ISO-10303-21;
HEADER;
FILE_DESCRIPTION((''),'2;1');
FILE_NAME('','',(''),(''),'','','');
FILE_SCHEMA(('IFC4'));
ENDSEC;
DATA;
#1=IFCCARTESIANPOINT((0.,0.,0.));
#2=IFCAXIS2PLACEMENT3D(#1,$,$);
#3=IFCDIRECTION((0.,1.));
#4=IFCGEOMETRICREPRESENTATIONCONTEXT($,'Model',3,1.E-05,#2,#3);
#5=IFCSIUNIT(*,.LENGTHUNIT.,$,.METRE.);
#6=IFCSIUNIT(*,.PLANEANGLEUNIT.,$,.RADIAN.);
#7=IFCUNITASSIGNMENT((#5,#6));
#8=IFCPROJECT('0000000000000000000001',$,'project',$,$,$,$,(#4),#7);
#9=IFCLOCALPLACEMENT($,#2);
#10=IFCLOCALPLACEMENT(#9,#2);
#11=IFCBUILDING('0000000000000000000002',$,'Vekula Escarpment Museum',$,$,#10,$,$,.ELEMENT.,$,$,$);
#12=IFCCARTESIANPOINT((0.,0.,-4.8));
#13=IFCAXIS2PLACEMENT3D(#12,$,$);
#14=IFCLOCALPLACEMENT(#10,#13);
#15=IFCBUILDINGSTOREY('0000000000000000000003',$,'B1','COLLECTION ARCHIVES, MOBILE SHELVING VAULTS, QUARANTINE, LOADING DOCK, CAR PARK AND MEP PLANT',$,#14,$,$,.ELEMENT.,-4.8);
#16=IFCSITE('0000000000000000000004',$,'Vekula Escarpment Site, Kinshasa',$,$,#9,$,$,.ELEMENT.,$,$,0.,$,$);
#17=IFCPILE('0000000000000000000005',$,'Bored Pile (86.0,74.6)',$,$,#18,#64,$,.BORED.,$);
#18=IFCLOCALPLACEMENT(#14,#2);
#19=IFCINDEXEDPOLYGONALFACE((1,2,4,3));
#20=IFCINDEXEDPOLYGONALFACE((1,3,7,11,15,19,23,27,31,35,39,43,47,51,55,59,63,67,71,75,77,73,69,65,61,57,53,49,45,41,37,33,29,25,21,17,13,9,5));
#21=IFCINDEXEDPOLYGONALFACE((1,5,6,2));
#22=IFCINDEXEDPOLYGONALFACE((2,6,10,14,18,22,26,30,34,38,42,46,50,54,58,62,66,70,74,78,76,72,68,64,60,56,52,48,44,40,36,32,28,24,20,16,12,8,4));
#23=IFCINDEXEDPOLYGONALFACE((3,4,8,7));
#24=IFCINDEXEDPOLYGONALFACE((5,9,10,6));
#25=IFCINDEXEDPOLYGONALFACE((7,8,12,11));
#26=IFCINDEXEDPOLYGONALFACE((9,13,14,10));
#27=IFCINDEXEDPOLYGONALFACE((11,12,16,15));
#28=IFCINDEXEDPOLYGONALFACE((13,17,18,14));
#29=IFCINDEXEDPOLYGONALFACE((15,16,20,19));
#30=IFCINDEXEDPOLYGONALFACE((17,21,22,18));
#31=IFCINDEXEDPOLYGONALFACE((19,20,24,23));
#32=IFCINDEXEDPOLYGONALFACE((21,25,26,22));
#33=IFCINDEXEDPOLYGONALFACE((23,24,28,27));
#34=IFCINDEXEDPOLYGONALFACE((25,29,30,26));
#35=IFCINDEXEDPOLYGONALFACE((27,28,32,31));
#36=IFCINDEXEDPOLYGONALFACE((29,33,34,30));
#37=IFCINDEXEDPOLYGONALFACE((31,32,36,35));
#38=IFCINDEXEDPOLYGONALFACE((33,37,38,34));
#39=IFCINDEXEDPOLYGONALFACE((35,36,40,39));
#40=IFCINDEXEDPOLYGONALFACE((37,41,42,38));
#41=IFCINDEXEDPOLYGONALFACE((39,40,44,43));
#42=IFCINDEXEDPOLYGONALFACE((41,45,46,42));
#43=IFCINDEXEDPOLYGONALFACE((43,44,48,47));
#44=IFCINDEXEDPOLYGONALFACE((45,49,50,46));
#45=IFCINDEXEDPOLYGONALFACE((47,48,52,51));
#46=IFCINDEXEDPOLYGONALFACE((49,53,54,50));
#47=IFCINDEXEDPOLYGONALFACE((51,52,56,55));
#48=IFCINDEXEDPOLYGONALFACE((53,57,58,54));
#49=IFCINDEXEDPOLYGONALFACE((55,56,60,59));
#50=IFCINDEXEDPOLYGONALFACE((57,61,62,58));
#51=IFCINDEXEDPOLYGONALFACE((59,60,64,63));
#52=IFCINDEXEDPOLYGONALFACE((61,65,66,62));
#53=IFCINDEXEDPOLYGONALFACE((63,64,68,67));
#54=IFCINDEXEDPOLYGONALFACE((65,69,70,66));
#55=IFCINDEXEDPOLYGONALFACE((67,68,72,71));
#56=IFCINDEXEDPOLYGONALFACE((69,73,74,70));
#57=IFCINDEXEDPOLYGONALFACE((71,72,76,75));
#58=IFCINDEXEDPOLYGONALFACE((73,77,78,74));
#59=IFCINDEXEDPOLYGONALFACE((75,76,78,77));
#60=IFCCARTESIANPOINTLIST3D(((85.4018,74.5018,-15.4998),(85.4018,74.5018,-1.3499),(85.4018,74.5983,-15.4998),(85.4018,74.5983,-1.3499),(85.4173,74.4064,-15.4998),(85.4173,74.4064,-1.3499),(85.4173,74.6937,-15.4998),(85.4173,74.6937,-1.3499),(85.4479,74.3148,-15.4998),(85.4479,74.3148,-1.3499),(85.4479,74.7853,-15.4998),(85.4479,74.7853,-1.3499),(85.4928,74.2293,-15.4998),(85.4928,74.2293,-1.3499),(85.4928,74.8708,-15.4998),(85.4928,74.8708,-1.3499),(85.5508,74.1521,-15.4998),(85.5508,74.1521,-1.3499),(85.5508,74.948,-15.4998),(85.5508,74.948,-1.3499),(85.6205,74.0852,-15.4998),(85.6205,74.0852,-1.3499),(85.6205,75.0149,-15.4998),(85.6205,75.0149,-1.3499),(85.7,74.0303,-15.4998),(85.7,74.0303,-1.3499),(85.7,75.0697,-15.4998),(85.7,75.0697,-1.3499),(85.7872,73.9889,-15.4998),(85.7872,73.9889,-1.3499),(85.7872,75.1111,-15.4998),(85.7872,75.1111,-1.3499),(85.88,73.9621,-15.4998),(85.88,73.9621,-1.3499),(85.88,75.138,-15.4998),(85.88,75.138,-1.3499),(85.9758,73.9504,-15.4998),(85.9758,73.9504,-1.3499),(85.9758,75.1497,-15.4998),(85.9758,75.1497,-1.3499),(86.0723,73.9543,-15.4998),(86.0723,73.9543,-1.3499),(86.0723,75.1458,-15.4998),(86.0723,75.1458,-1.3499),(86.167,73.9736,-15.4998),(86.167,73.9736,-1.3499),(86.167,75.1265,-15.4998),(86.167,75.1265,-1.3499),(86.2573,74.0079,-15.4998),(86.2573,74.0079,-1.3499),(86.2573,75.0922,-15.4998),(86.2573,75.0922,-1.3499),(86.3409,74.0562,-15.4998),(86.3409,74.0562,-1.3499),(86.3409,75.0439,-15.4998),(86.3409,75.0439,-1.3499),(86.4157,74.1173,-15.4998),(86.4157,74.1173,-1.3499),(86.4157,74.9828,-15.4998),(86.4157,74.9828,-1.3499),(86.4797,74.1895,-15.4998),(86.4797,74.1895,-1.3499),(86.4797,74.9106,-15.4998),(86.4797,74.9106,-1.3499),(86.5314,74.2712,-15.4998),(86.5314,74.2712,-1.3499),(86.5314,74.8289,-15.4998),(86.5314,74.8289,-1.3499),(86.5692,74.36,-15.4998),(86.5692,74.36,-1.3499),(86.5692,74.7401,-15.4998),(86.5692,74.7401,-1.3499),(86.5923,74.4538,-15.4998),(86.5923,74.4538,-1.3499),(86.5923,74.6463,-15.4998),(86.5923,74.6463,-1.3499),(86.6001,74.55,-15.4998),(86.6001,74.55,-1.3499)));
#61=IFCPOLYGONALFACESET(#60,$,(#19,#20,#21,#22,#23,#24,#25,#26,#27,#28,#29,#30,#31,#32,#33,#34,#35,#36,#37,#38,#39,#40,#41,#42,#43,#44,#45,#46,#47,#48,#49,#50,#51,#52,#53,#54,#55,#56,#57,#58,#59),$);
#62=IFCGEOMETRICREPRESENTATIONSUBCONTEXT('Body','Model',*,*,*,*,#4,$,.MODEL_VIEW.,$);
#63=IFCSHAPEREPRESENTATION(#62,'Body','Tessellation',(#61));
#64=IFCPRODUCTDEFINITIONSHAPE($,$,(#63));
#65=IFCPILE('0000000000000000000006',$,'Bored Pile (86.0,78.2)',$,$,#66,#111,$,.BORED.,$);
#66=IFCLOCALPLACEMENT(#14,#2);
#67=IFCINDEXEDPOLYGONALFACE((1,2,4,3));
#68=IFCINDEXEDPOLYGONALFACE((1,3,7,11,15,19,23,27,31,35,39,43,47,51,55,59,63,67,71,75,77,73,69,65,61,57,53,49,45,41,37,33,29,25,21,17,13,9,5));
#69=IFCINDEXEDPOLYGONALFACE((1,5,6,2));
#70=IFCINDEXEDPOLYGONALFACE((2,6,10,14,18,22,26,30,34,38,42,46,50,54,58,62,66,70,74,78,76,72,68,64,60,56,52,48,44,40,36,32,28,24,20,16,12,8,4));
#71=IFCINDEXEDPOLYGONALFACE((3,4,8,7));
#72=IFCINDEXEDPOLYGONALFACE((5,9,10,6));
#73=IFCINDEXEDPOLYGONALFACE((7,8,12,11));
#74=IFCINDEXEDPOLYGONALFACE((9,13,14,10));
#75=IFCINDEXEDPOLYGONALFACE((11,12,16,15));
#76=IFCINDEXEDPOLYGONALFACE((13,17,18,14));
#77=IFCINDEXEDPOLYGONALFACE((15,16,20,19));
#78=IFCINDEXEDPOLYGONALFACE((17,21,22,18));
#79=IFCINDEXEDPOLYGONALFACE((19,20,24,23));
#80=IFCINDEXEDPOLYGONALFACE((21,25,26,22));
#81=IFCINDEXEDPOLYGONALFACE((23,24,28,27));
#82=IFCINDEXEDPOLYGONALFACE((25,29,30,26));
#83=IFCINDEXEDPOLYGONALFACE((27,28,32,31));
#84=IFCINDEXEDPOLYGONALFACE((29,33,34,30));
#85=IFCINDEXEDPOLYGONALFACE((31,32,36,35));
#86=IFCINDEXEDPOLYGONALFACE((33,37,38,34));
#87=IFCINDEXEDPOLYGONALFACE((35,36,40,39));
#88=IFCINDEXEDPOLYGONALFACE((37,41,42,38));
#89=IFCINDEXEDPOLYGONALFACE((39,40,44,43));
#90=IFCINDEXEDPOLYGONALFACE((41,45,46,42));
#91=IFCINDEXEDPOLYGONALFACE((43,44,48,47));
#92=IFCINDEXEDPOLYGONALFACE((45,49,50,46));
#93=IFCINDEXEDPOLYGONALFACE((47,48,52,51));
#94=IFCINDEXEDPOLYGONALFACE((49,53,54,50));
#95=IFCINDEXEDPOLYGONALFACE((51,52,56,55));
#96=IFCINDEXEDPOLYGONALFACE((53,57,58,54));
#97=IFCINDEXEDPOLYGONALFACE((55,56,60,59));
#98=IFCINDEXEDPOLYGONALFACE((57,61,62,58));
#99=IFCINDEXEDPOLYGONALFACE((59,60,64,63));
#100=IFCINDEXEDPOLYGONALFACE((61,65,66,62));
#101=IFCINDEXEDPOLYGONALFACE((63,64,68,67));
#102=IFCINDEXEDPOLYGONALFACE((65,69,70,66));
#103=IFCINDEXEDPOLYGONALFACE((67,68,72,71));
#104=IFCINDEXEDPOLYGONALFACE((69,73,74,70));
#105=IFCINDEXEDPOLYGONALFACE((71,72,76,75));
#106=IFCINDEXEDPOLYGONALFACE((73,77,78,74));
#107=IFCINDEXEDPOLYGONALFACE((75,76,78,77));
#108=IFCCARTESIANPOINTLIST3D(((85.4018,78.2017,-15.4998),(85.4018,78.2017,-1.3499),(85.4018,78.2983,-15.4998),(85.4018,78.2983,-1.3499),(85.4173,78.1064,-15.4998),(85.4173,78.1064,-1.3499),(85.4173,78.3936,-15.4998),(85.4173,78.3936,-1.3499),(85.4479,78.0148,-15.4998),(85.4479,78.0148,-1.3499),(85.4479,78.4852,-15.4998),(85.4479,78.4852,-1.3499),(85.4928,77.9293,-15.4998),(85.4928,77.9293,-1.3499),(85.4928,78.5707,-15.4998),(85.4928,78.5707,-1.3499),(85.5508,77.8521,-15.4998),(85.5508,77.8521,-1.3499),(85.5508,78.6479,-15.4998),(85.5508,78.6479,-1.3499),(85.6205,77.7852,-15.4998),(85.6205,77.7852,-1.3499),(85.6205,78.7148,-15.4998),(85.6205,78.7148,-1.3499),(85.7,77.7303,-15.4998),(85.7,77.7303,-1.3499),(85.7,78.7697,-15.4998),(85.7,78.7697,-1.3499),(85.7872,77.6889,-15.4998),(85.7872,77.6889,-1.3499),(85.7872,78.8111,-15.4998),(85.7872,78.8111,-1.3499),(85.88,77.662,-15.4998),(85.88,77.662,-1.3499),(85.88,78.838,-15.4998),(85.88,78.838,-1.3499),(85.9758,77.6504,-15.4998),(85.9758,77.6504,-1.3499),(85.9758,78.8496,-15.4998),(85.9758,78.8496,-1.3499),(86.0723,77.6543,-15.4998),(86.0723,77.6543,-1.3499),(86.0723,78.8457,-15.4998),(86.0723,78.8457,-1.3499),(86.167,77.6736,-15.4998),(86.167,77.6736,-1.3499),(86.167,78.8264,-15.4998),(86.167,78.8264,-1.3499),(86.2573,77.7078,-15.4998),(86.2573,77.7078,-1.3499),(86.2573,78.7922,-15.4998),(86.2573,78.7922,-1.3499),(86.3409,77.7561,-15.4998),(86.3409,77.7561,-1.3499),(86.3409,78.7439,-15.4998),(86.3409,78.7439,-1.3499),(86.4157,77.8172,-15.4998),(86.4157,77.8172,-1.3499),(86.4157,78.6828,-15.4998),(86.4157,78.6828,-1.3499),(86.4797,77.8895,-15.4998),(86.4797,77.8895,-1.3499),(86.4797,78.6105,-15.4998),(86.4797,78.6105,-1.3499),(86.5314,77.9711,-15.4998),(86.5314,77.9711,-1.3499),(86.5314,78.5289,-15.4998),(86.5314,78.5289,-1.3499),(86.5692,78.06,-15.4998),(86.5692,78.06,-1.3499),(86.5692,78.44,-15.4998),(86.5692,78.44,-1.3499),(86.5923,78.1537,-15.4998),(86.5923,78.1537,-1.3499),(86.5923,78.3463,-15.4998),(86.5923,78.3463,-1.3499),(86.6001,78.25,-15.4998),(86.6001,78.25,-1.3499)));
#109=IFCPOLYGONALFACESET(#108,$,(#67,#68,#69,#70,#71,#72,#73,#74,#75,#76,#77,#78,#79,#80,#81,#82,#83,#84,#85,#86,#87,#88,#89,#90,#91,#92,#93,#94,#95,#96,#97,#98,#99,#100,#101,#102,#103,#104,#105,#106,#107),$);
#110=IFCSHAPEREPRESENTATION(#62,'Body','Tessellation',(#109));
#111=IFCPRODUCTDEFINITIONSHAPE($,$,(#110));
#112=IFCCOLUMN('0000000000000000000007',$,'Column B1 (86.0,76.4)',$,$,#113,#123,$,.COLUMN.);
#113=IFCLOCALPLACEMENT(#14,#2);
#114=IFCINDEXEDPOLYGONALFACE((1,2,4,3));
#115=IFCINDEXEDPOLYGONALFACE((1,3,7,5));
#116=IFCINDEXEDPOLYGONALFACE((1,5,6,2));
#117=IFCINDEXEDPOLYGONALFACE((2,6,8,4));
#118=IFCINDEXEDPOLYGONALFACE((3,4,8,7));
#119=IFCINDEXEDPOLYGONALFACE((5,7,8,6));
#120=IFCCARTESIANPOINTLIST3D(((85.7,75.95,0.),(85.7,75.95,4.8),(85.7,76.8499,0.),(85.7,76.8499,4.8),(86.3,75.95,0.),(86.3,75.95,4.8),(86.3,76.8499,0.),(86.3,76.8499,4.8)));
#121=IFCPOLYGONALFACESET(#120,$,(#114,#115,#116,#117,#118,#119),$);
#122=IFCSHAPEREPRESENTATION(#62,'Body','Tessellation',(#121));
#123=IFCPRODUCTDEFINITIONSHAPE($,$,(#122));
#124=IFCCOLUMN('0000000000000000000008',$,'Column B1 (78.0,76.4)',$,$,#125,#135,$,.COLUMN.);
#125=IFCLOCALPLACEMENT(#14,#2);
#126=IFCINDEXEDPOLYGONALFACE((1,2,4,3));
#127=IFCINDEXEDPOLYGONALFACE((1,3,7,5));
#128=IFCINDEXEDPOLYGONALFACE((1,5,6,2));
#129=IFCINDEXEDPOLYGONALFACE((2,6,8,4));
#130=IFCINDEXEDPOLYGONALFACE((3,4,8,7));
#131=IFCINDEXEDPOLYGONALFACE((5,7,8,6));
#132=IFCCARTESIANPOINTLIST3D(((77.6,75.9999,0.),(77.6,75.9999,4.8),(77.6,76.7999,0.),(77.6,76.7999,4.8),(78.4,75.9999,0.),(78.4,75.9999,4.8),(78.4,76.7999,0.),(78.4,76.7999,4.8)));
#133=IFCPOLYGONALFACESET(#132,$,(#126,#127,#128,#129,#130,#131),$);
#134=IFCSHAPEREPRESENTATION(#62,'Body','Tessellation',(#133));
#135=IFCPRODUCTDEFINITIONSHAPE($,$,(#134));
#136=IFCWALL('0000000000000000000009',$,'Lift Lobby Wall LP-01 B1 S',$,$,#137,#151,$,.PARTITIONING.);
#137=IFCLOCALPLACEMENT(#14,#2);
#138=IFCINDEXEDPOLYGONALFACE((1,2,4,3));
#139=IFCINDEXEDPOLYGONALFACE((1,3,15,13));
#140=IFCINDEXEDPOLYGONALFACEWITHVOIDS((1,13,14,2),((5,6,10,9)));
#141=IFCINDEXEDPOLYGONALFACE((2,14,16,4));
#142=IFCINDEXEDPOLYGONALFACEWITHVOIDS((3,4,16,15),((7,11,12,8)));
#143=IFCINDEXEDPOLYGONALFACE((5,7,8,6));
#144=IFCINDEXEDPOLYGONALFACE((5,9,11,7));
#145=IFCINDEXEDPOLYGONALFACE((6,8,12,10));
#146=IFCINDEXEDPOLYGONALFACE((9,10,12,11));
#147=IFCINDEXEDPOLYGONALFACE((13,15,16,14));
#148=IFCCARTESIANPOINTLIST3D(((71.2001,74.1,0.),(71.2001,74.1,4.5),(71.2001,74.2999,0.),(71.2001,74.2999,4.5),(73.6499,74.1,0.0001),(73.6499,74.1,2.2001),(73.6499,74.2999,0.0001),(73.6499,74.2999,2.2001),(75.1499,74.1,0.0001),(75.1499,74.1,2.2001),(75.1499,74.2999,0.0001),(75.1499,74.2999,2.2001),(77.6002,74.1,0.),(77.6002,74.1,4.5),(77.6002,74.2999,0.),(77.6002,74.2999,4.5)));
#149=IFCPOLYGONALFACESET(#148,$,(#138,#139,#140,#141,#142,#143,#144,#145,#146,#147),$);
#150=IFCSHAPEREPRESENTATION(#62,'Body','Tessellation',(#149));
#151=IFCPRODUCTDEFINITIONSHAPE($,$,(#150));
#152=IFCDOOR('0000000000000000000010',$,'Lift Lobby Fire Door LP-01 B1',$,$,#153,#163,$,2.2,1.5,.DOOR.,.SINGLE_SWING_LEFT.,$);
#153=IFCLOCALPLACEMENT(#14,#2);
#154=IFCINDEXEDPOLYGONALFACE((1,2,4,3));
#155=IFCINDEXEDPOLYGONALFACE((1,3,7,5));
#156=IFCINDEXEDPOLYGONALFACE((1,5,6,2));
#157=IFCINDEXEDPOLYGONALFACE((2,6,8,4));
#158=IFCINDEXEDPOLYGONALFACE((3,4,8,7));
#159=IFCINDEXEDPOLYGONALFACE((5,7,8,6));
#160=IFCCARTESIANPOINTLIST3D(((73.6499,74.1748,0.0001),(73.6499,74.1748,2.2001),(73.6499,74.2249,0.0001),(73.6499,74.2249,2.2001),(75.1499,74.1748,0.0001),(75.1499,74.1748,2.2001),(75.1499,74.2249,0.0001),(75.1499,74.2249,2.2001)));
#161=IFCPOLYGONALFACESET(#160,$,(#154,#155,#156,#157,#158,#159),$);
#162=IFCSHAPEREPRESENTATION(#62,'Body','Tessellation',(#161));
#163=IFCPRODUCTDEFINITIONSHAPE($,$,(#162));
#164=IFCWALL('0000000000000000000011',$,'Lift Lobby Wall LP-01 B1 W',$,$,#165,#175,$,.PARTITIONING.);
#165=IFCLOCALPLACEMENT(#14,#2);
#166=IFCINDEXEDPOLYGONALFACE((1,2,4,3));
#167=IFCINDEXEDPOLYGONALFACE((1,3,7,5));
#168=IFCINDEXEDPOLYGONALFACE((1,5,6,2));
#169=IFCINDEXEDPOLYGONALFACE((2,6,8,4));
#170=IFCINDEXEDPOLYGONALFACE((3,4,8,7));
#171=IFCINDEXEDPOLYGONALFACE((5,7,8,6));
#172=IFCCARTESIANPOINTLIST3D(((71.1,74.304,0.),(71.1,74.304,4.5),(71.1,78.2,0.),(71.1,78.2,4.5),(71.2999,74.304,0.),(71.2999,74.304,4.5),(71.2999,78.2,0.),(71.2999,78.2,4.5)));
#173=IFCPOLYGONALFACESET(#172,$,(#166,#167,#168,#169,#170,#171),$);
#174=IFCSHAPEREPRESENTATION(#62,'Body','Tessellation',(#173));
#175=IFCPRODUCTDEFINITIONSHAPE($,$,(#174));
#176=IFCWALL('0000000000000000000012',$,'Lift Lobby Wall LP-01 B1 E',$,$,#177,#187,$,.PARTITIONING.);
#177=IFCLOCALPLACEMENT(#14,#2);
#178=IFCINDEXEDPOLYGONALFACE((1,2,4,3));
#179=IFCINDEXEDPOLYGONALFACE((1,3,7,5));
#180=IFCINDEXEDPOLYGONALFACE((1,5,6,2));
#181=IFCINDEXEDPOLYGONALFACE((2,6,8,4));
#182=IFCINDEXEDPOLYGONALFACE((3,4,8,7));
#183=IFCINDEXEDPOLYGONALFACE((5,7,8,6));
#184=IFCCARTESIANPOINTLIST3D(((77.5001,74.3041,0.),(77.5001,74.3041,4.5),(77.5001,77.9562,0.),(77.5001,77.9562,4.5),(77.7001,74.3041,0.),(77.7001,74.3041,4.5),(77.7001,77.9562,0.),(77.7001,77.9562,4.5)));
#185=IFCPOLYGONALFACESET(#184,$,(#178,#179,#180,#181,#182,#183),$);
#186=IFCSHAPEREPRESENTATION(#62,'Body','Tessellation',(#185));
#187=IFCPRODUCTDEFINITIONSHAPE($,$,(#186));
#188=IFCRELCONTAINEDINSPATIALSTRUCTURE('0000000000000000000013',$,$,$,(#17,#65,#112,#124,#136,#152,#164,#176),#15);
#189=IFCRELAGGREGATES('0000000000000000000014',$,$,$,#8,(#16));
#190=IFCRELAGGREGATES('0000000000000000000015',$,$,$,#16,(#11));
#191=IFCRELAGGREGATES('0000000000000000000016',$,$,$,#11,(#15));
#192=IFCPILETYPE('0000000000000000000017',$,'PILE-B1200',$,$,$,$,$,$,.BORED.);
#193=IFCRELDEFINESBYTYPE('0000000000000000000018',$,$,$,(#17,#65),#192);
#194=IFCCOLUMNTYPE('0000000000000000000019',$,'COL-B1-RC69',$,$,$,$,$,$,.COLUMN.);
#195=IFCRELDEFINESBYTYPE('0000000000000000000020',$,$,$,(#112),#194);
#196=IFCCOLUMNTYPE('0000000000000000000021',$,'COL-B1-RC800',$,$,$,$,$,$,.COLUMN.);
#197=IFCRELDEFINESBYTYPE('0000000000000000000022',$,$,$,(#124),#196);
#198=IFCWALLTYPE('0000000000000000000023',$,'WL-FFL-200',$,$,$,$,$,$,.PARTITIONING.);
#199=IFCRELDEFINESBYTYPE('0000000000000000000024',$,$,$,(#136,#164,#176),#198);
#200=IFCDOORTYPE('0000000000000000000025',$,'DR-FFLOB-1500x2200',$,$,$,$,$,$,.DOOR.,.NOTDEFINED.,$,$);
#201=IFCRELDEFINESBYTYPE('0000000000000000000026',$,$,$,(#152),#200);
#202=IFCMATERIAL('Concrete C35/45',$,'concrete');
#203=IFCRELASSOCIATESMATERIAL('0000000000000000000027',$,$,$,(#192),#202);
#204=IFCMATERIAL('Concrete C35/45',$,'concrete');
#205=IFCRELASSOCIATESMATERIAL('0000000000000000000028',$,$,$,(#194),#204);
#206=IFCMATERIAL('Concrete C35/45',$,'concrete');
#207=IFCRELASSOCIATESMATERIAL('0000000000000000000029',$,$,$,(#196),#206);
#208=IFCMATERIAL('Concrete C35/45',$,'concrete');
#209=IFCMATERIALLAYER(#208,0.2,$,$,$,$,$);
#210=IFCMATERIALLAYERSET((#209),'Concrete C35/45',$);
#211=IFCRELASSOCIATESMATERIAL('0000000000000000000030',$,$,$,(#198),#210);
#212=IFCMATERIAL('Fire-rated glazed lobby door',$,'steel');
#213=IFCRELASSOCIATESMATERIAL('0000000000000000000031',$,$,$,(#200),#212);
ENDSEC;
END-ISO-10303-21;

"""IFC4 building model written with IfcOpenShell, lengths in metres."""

from ifc_helpers import new_model, si_unit, direction, frame, frame_2d, origin, origin_2d, place, context, subcontext, project, spatial, rectangle, circle, extrude, material, layer, layer_set, material_profile, profile_set, type_object, element, fill, save


model = new_model("IFC4")

# Units and contexts
model_context = context("Model", 3, precision=1e-05, world=origin(), true_north=direction((0.0, 1.0)))
body_context = subcontext(model_context, "Body", "Model", "MODEL_VIEW")
ifc_project = project(units=[si_unit("LENGTHUNIT", "METRE"), si_unit("PLANEANGLEUNIT", "RADIAN")], contexts=[model_context])

# Site, building, storey
site_placement = place(None, origin())
site = spatial("IfcSite", under=ifc_project, at=site_placement, Name="Vekula Escarpment Site, Kinshasa", CompositionType="ELEMENT", RefElevation=0.0)
building_placement = place(site_placement, origin())
building = spatial("IfcBuilding", under=site, at=building_placement, Name="Vekula Escarpment Museum", CompositionType="ELEMENT")
storey_placement = place(building_placement, frame((0.0, 0.0, -4.8)))
storey = spatial("IfcBuildingStorey", under=building, at=storey_placement, Name="B1", Description="COLLECTION ARCHIVES, MOBILE SHELVING VAULTS, QUARANTINE, LOADING DOCK, CAR PARK AND MEP PLANT", CompositionType="ELEMENT", Elevation=-4.8)

# Piles
ifc_material_1 = material(Name="Concrete C35/45", Category="concrete")
ifc_material_profile_1 = material_profile(ifc_material_1, circle(Radius=0.6001, at=origin_2d()), Name="BORED PILE 1200")
ifc_profile_set_1 = profile_set([ifc_material_profile_1], Name="Concrete C35/45")
pile_type = type_object("IfcPileType", Name="PILE-B1200", PredefinedType="BORED", material=ifc_profile_set_1)
for number, where, z_axis, x_axis, name in (
    (1, (86.0, 74.55, -1.3499), (0.0, 0.0, -1.0), (1.0, 0.0, 0.0), "Bored Pile (86.0,74.6)"),
    (2, (86.0, 78.25, -1.3499), (0.0, 0.0, -1.0), (1.0, 0.0, 0.0), "Bored Pile (86.0,78.2)"),
):
    element("IfcPile", number, at=place(storey_placement, frame(where, z_axis=z_axis, x_axis=x_axis)), inside=storey, type_object=pile_type, Name=name, PredefinedType="BORED", context=body_context, shape_type="SweptSolid", body=[
        extrude(circle(Radius=0.6001, at=origin_2d()), origin(), (0.0, 0.0, 1.0), 14.1499),
    ])

# Columns
ifc_material_2 = material(Name="Concrete C35/45", Category="concrete")
ifc_material_profile_2 = material_profile(ifc_material_2, rectangle(XDim=0.6001, YDim=0.8999, at=origin_2d()), Name="RC 600x900")
ifc_profile_set_2 = profile_set([ifc_material_profile_2], Name="Concrete C35/45")
column_type_1 = type_object("IfcColumnType", Name="COL-B1-RC69", PredefinedType="COLUMN", material=ifc_profile_set_2)
column_1_placement = place(storey_placement, frame((86.0, 76.3999, 0.0), z_axis=(0.0, 0.0, 1.0), x_axis=(1.0, 0.0, 0.0)))
element("IfcColumn", 3, at=column_1_placement, inside=storey, type_object=column_type_1, Name="Column B1 (86.0,76.4)", PredefinedType="COLUMN", context=body_context, shape_type="SweptSolid", body=[
    extrude(rectangle(XDim=0.6001, YDim=0.8999, at=origin_2d()), origin(), (0.0, 0.0, 1.0), 4.8),
])
ifc_material_3 = material(Name="Concrete C35/45", Category="concrete")
ifc_material_profile_3 = material_profile(ifc_material_3, rectangle(XDim=0.8, YDim=0.8, at=origin_2d()), Name="RC 800x800")
ifc_profile_set_3 = profile_set([ifc_material_profile_3], Name="Concrete C35/45")
column_type_2 = type_object("IfcColumnType", Name="COL-B1-RC800", PredefinedType="COLUMN", material=ifc_profile_set_3)
column_2_placement = place(storey_placement, frame((78.0, 76.3999, 0.0), z_axis=(0.0, 0.0, 1.0), x_axis=(1.0, 0.0, 0.0)))
element("IfcColumn", 4, at=column_2_placement, inside=storey, type_object=column_type_2, Name="Column B1 (78.0,76.4)", PredefinedType="COLUMN", context=body_context, shape_type="SweptSolid", body=[
    extrude(rectangle(XDim=0.8, YDim=0.8, at=origin_2d()), origin(), (0.0, 0.0, 1.0), 4.8),
])

# Wall, opening, door
ifc_material_4 = material(Name="Concrete C35/45", Category="concrete")
ifc_layer_1 = layer(ifc_material_4, 0.2)
ifc_layer_set_1 = layer_set([ifc_layer_1], Name="Concrete C35/45")
wall_type_1 = type_object("IfcWallType", Name="WL-FFL-200", PredefinedType="PARTITIONING", material=ifc_layer_set_1)
wall_1_placement = place(storey_placement, frame((71.2, 74.2, 0.0), z_axis=(0.0, 0.0, 1.0), x_axis=(1.0, 0.0, 0.0)))
wall_1 = element("IfcWall", 5, at=wall_1_placement, inside=storey, type_object=wall_type_1, Name="Lift Lobby Wall LP-01 B1 S", PredefinedType="PARTITIONING", context=body_context, shape_type="SweptSolid", body=[
    extrude(rectangle(XDim=6.4001, YDim=0.2, at=frame_2d((3.2002, 0.0))), origin(), (0.0, 0.0, 1.0), 4.5),
])
opening_1_placement = place(wall_1_placement, frame((2.45, 0.0, 0.0)))
opening_1 = element("IfcOpeningElement", 6, at=opening_1_placement, cuts=wall_1, PredefinedType="OPENING", context=body_context, shape_type="SweptSolid", body=[
    extrude(rectangle(XDim=1.5, YDim=2.2, at=frame_2d((0.75, 1.1001))), frame((0.0, 0.1099, 0.0), z_axis=(0.0, -1.0, 0.0), x_axis=(1.0, 0.0, 0.0)), (0.0, 0.0, 1.0), 0.22),
])
ifc_material_5 = material(Name="Fire-rated glazed lobby door", Category="steel")
door_type_1 = type_object("IfcDoorType", Name="DR-FFLOB-1500x2200", OperationType="NOTDEFINED", PredefinedType="DOOR", material=ifc_material_5)
door_1_placement = place(opening_1_placement, origin())
door_1 = element("IfcDoor", 7, at=door_1_placement, inside=storey, type_object=door_type_1, Name="Lift Lobby Fire Door LP-01 B1", OperationType="SINGLE_SWING_LEFT", OverallHeight=2.2, OverallWidth=1.5, PredefinedType="DOOR", context=body_context, shape_type="SweptSolid", body=[
    extrude(rectangle(XDim=1.5, YDim=2.2, at=frame_2d((0.75, 1.1001))), frame((0.0, 0.0249, 0.0), z_axis=(0.0, -1.0, 0.0), x_axis=(1.0, 0.0, 0.0)), (0.0, 0.0, 1.0), 0.05),
])
fill(opening_1, door_1)

# Walls
wall_2_placement = place(storey_placement, frame((71.2, 74.304, 0.0), z_axis=(0.0, 0.0, 1.0), x_axis=(0.0, 1.0, 0.0)))
element("IfcWall", 8, at=wall_2_placement, inside=storey, type_object=wall_type_1, Name="Lift Lobby Wall LP-01 B1 W", PredefinedType="PARTITIONING", context=body_context, shape_type="SweptSolid", body=[
    extrude(rectangle(XDim=3.896, YDim=0.2, at=frame_2d((1.948, 0.0))), origin(), (0.0, 0.0, 1.0), 4.5),
])
wall_3_placement = place(storey_placement, frame((77.6001, 74.304, 0.0), z_axis=(0.0, 0.0, 1.0), x_axis=(0.0, 1.0, 0.0)))
element("IfcWall", 9, at=wall_3_placement, inside=storey, type_object=wall_type_1, Name="Lift Lobby Wall LP-01 B1 E", PredefinedType="PARTITIONING", context=body_context, shape_type="SweptSolid", body=[
    extrude(rectangle(XDim=3.6521, YDim=0.2, at=frame_2d((1.8262, 0.0))), origin(), (0.0, 0.0, 1.0), 4.5),
])

save(model, "model.ifc")
